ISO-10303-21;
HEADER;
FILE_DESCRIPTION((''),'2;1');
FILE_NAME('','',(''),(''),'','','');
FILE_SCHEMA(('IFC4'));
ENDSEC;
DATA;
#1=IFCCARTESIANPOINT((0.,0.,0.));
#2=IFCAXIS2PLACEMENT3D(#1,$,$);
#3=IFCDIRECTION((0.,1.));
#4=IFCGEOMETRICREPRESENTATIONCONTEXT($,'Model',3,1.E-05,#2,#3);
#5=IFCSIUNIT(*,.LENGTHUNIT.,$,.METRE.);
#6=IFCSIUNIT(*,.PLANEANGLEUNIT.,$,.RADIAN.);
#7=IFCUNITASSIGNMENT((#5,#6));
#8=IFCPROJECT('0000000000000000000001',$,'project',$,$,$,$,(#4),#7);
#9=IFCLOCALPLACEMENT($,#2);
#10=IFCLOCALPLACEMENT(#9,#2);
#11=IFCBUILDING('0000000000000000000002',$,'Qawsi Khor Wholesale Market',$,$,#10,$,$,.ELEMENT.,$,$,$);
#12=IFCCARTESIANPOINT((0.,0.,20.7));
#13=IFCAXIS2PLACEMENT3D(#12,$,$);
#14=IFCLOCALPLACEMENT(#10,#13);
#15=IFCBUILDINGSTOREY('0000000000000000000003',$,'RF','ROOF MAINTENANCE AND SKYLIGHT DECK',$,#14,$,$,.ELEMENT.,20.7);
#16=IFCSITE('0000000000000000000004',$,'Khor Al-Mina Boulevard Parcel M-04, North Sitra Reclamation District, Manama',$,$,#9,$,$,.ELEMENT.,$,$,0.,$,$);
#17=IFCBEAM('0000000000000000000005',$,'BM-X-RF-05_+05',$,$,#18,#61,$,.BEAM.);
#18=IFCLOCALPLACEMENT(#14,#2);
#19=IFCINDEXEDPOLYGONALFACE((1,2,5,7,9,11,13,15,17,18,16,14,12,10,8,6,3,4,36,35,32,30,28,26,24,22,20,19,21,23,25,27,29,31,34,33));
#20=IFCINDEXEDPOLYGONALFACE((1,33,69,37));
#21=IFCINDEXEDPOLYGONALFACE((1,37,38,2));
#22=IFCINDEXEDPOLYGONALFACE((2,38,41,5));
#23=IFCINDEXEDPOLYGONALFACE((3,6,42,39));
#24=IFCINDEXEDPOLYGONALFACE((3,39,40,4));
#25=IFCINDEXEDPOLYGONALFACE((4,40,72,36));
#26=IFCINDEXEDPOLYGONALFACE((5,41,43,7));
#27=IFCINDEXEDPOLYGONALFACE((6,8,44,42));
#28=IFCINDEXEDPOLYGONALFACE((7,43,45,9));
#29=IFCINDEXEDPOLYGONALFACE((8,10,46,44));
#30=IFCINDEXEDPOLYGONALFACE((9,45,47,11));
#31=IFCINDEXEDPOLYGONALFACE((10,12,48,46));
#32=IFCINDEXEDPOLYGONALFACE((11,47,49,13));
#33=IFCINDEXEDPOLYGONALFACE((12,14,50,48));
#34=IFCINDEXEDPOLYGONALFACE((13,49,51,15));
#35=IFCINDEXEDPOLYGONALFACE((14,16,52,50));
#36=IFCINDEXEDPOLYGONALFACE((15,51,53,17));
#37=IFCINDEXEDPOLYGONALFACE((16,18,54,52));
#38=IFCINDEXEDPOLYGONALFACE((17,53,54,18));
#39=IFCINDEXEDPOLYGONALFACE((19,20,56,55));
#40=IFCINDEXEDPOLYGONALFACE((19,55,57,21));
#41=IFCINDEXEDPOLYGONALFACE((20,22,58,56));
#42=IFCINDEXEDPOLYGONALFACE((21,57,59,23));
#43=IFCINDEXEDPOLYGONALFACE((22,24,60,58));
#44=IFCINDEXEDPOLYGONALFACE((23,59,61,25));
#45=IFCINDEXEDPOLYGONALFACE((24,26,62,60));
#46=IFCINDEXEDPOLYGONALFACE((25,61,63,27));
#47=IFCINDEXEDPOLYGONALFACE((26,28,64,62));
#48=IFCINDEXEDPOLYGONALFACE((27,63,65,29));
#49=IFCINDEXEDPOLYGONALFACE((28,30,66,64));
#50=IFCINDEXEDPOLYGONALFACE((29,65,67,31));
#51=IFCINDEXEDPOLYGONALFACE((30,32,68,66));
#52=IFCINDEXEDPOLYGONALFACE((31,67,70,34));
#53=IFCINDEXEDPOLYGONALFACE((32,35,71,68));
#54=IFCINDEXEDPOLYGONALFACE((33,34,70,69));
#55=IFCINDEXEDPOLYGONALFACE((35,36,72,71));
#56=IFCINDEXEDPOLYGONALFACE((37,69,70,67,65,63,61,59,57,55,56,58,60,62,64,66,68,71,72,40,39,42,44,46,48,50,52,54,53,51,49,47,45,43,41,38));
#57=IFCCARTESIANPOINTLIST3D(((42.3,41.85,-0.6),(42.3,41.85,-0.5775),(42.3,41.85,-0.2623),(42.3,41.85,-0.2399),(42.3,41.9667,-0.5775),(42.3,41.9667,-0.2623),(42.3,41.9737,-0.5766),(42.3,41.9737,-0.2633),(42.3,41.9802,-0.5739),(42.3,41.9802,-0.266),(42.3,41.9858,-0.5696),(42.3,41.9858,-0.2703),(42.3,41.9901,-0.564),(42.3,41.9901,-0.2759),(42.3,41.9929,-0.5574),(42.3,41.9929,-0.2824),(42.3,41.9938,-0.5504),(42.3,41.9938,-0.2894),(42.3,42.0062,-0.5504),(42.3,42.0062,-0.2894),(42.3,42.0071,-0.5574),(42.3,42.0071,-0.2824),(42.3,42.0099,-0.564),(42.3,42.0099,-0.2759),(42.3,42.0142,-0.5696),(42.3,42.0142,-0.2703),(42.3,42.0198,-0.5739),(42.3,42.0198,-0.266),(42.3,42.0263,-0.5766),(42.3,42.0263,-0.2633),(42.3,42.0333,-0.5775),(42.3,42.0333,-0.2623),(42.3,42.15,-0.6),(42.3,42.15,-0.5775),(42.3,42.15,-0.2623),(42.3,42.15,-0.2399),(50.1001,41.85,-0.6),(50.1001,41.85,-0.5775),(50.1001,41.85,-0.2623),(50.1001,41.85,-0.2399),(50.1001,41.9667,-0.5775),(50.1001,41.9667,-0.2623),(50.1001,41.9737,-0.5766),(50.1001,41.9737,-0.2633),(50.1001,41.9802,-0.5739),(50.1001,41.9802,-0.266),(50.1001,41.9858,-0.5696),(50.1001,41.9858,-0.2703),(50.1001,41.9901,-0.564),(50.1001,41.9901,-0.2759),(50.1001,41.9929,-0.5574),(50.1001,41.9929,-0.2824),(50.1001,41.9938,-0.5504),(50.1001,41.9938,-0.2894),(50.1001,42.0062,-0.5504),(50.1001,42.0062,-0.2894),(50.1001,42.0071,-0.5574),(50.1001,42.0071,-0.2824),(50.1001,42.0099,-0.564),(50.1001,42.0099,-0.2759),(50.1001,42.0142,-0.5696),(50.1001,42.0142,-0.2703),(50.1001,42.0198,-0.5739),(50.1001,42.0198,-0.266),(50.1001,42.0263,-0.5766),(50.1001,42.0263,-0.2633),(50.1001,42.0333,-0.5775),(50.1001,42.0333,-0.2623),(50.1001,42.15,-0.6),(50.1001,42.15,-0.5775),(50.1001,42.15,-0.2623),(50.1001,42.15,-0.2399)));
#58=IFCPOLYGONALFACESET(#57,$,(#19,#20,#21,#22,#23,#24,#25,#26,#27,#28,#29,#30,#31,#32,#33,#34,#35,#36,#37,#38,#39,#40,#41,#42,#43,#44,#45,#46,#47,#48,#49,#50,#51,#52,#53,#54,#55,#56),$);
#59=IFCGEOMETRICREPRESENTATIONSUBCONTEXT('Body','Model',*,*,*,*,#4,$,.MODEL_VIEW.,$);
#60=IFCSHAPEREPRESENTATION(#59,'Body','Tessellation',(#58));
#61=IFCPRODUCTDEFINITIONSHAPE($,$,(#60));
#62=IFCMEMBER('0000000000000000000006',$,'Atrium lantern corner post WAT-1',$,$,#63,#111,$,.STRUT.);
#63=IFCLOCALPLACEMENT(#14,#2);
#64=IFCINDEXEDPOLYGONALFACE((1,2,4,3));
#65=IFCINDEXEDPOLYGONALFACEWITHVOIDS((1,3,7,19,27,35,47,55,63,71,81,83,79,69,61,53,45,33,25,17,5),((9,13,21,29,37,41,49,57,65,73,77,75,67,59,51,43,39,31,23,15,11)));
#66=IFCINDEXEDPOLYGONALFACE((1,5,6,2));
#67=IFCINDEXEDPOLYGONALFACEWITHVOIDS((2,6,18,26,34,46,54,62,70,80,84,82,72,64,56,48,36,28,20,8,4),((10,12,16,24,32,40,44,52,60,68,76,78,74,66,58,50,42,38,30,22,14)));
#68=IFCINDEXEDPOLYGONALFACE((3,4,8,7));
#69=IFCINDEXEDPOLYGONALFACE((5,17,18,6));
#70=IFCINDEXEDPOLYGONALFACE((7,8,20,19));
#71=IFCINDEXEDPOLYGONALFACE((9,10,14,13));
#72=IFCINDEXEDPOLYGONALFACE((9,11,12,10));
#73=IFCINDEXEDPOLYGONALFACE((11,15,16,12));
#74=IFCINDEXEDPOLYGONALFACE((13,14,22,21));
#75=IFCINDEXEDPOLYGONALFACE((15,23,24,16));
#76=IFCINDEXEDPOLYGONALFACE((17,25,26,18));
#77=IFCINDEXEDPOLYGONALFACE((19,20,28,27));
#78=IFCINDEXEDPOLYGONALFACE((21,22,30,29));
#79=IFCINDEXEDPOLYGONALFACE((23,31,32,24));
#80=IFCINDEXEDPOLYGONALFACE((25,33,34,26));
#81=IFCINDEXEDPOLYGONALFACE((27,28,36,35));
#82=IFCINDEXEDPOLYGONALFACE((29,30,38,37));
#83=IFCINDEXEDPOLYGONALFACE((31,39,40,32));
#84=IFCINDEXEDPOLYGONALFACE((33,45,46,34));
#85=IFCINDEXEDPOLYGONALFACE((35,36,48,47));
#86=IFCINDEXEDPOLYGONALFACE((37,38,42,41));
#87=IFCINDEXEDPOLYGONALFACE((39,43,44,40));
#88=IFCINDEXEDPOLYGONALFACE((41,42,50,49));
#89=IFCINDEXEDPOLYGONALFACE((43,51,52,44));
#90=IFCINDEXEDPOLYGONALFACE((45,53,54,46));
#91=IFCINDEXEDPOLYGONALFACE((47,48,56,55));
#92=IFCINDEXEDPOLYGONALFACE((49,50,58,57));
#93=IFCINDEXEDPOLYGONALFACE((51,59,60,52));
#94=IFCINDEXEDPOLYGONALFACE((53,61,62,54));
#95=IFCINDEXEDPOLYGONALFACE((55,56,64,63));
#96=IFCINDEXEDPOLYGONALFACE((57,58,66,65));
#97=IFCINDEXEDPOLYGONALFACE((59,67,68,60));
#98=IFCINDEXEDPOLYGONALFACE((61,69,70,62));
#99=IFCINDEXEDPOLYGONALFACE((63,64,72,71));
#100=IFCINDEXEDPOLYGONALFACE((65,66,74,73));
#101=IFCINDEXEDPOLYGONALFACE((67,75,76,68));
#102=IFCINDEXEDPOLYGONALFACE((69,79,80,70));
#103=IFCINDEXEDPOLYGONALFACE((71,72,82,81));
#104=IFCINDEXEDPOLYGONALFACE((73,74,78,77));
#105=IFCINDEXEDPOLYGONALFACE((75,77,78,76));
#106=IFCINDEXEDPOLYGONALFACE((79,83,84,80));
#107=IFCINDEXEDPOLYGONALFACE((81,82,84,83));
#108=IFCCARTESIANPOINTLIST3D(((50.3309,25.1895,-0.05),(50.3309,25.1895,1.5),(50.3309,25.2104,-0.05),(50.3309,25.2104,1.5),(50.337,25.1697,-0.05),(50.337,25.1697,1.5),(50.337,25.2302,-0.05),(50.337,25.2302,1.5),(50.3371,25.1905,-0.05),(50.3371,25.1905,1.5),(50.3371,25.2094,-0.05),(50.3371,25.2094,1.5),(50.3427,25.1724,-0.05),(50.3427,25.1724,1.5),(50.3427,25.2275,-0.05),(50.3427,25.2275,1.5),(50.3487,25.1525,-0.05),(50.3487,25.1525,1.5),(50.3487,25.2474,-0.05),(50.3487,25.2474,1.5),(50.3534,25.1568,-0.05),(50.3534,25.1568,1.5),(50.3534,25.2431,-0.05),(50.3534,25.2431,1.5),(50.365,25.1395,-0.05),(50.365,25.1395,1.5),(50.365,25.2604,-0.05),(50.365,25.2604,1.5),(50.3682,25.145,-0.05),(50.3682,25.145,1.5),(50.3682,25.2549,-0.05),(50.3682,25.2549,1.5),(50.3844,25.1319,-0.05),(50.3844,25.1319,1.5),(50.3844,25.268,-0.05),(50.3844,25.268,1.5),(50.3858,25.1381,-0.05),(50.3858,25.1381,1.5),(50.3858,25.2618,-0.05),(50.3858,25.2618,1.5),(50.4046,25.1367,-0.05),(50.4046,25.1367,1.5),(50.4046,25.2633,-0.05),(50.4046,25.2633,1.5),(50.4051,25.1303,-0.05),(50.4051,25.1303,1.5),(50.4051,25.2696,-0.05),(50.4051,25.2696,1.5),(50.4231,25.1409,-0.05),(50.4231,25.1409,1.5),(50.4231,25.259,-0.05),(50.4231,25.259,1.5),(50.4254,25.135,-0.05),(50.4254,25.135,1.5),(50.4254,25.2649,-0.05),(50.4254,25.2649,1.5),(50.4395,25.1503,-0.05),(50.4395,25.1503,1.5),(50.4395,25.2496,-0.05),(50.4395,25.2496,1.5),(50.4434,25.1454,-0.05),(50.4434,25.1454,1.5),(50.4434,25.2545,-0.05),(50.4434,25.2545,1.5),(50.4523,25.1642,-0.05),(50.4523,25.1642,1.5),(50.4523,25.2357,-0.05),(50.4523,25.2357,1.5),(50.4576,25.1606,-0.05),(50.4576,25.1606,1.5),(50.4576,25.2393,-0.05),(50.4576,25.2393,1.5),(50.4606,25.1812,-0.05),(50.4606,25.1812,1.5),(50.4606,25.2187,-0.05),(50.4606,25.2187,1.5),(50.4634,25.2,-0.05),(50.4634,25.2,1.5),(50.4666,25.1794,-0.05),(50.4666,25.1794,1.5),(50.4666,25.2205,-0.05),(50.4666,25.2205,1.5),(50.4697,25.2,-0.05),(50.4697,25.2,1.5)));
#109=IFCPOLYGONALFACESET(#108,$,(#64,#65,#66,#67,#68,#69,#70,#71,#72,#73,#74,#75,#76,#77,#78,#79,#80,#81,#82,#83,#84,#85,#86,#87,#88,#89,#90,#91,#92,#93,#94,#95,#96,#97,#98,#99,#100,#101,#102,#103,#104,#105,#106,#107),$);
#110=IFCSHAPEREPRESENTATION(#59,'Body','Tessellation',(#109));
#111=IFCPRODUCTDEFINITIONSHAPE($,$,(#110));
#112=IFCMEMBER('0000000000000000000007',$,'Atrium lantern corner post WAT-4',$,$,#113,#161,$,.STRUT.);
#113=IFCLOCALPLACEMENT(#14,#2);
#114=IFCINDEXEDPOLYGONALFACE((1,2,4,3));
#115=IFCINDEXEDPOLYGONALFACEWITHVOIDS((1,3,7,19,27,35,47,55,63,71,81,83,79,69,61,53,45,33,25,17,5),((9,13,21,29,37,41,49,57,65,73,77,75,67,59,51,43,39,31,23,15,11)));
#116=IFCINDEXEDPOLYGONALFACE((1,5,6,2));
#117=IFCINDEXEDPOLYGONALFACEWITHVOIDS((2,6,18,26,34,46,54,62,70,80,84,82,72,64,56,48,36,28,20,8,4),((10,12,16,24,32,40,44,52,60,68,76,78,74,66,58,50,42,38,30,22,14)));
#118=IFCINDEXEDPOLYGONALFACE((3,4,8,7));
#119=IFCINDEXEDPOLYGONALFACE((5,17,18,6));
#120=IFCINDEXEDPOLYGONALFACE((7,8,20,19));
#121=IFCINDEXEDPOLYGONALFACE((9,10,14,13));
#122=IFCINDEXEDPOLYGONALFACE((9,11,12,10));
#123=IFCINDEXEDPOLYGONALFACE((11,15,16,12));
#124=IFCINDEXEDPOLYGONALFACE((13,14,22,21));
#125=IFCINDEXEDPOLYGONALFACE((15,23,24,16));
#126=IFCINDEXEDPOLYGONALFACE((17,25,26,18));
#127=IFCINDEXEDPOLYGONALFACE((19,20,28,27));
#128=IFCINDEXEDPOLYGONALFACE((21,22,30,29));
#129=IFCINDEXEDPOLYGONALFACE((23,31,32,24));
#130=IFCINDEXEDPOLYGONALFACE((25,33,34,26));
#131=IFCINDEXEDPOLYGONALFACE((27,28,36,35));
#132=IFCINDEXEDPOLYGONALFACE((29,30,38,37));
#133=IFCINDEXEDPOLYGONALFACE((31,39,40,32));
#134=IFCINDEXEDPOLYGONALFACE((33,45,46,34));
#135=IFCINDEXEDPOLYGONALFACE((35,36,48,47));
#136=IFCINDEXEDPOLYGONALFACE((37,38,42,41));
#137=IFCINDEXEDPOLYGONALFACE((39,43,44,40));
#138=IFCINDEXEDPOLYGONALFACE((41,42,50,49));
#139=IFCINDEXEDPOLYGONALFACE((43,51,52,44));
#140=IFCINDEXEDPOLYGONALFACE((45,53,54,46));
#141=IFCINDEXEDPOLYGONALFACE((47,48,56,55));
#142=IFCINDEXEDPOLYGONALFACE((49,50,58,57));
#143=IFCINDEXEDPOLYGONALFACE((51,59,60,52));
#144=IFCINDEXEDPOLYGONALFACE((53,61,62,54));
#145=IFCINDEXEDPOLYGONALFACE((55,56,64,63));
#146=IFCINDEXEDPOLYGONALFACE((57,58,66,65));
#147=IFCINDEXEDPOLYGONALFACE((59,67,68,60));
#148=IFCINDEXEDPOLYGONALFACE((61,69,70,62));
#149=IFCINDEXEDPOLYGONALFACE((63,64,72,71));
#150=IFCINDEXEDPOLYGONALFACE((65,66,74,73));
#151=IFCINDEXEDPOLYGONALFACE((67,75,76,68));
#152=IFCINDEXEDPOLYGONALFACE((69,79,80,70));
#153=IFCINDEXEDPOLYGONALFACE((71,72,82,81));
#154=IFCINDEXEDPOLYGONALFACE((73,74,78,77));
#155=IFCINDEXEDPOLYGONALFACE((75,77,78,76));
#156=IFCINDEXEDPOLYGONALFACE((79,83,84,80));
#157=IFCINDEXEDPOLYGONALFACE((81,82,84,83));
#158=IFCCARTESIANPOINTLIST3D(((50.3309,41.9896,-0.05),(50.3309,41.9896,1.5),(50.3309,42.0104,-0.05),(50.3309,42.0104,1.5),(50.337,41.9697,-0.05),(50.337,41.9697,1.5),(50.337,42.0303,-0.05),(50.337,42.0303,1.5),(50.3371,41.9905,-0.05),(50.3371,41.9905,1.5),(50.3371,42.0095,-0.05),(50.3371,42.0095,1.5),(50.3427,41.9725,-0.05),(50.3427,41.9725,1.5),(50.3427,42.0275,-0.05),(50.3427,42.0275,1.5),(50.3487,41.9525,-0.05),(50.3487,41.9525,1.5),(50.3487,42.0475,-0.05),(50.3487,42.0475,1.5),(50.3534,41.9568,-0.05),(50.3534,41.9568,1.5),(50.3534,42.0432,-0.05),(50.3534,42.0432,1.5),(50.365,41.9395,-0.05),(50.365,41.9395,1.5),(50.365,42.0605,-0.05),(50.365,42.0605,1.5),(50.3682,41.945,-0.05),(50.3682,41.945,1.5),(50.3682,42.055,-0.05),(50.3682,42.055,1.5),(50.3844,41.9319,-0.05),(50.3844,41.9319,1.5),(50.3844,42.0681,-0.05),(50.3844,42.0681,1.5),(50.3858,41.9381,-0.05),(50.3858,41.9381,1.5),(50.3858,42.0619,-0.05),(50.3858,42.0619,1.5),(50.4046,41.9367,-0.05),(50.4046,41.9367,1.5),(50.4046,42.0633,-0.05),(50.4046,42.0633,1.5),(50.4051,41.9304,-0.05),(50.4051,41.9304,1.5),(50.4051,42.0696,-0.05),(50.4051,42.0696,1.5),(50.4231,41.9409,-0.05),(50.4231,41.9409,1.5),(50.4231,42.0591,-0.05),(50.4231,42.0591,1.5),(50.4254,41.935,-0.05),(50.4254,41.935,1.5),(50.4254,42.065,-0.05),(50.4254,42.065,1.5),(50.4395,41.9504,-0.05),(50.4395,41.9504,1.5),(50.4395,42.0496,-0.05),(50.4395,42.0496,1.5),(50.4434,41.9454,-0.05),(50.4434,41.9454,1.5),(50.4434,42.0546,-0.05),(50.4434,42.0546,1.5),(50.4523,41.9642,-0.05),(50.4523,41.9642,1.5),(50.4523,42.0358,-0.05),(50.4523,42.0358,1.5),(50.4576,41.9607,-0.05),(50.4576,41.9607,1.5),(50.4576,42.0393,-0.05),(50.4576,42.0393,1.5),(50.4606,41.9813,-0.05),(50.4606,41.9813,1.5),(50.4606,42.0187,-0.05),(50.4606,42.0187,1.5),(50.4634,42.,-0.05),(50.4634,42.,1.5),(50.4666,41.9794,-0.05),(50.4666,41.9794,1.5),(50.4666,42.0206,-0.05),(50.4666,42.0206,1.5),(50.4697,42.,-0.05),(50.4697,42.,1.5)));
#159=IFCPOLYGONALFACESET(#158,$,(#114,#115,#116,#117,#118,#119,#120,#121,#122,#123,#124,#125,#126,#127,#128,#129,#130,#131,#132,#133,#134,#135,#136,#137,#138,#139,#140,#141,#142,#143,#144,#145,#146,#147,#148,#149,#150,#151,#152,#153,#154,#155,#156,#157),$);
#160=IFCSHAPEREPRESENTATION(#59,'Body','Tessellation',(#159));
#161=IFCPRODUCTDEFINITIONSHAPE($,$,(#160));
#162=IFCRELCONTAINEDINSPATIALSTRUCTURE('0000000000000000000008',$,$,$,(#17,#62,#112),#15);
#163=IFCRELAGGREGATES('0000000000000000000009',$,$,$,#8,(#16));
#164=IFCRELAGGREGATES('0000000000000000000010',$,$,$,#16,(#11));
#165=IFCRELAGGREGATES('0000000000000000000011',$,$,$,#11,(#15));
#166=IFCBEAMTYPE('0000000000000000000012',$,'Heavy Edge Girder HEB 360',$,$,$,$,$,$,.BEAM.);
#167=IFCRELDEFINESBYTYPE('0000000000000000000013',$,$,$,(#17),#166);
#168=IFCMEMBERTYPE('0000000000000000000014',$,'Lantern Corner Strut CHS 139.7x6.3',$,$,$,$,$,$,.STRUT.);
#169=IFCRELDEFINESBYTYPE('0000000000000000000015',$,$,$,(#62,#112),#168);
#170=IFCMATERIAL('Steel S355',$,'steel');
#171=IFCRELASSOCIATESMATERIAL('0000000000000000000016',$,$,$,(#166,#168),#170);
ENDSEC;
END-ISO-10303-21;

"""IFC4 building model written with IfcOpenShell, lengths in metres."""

from ifc_helpers import new_model, si_unit, direction, frame, origin, origin_2d, place, context, subcontext, project, spatial, hollow_circle, i_section, extrude, material, material_profile, profile_set, type_object, element, save


model = new_model("IFC4")

# Units and contexts
model_context = context("Model", 3, precision=1e-05, world=origin(), true_north=direction((0.0, 1.0)))
body_context = subcontext(model_context, "Body", "Model", "MODEL_VIEW")
ifc_project = project(units=[si_unit("LENGTHUNIT", "METRE"), si_unit("PLANEANGLEUNIT", "RADIAN")], contexts=[model_context])

# Site, building, storey
site_placement = place(None, origin())
site = spatial("IfcSite", under=ifc_project, at=site_placement, Name="Khor Al-Mina Boulevard Parcel M-04, North Sitra Reclamation District, Manama", CompositionType="ELEMENT", RefElevation=0.0)
building_placement = place(site_placement, origin())
building = spatial("IfcBuilding", under=site, at=building_placement, Name="Qawsi Khor Wholesale Market", CompositionType="ELEMENT")
storey_placement = place(building_placement, frame((0.0, 0.0, 20.7)))
storey = spatial("IfcBuildingStorey", under=building, at=storey_placement, Name="RF", Description="ROOF MAINTENANCE AND SKYLIGHT DECK", CompositionType="ELEMENT", Elevation=20.7)

# Beam
ifc_material_1 = material(Name="Steel S355", Category="steel")
ifc_material_profile_1 = material_profile(ifc_material_1, i_section(OverallWidth=0.3, OverallDepth=0.3601, WebThickness=0.0125, FlangeThickness=0.0225, FilletRadius=0.0271, at=origin_2d()), Name="HEB 360")
ifc_profile_set_1 = profile_set([ifc_material_profile_1], Name="Steel S355")
beam_type_1 = type_object("IfcBeamType", Name="Heavy Edge Girder HEB 360", PredefinedType="BEAM", material=ifc_profile_set_1)
beam_1_placement = place(storey_placement, frame((42.3, 42.0, -0.4199), z_axis=(1.0, 0.0, 0.0), x_axis=(0.0, 1.0, 0.0)))
element("IfcBeam", 1, at=beam_1_placement, inside=storey, type_object=beam_type_1, Name="BM-X-RF-05_+05", PredefinedType="BEAM", context=body_context, shape_type="SweptSolid", body=[
    extrude(i_section(OverallWidth=0.3, OverallDepth=0.3601, WebThickness=0.0125, FlangeThickness=0.0225, FilletRadius=0.0271, at=origin_2d()), origin(), (0.0, 0.0, 1.0), 7.8),
])

# Members
ifc_material_profile_2 = material_profile(ifc_material_1, hollow_circle(Radius=0.0698, WallThickness=0.0063, at=origin_2d()), Name="CHS 139.7x6.3")
ifc_profile_set_2 = profile_set([ifc_material_profile_2], Name="Steel S355")
member_type_1 = type_object("IfcMemberType", Name="Lantern Corner Strut CHS 139.7x6.3", PredefinedType="STRUT", material=ifc_profile_set_2)
for number, where, z_axis, x_axis, name in (
    (2, (50.3999, 25.2, -0.05), (0.0, 0.0, 1.0), (1.0, 0.0, 0.0), "Atrium lantern corner post WAT-1"),
    (3, (50.3999, 42.0, -0.05), (0.0, 0.0, 1.0), (1.0, 0.0, 0.0), "Atrium lantern corner post WAT-4"),
):
    element("IfcMember", number, at=place(storey_placement, frame(where, z_axis=z_axis, x_axis=x_axis)), inside=storey, type_object=member_type_1, Name=name, PredefinedType="STRUT", context=body_context, shape_type="SweptSolid", body=[
        extrude(hollow_circle(Radius=0.0698, WallThickness=0.0063, at=origin_2d()), origin(), (0.0, 0.0, 1.0), 1.55),
    ])

save(model, "model.ifc")
